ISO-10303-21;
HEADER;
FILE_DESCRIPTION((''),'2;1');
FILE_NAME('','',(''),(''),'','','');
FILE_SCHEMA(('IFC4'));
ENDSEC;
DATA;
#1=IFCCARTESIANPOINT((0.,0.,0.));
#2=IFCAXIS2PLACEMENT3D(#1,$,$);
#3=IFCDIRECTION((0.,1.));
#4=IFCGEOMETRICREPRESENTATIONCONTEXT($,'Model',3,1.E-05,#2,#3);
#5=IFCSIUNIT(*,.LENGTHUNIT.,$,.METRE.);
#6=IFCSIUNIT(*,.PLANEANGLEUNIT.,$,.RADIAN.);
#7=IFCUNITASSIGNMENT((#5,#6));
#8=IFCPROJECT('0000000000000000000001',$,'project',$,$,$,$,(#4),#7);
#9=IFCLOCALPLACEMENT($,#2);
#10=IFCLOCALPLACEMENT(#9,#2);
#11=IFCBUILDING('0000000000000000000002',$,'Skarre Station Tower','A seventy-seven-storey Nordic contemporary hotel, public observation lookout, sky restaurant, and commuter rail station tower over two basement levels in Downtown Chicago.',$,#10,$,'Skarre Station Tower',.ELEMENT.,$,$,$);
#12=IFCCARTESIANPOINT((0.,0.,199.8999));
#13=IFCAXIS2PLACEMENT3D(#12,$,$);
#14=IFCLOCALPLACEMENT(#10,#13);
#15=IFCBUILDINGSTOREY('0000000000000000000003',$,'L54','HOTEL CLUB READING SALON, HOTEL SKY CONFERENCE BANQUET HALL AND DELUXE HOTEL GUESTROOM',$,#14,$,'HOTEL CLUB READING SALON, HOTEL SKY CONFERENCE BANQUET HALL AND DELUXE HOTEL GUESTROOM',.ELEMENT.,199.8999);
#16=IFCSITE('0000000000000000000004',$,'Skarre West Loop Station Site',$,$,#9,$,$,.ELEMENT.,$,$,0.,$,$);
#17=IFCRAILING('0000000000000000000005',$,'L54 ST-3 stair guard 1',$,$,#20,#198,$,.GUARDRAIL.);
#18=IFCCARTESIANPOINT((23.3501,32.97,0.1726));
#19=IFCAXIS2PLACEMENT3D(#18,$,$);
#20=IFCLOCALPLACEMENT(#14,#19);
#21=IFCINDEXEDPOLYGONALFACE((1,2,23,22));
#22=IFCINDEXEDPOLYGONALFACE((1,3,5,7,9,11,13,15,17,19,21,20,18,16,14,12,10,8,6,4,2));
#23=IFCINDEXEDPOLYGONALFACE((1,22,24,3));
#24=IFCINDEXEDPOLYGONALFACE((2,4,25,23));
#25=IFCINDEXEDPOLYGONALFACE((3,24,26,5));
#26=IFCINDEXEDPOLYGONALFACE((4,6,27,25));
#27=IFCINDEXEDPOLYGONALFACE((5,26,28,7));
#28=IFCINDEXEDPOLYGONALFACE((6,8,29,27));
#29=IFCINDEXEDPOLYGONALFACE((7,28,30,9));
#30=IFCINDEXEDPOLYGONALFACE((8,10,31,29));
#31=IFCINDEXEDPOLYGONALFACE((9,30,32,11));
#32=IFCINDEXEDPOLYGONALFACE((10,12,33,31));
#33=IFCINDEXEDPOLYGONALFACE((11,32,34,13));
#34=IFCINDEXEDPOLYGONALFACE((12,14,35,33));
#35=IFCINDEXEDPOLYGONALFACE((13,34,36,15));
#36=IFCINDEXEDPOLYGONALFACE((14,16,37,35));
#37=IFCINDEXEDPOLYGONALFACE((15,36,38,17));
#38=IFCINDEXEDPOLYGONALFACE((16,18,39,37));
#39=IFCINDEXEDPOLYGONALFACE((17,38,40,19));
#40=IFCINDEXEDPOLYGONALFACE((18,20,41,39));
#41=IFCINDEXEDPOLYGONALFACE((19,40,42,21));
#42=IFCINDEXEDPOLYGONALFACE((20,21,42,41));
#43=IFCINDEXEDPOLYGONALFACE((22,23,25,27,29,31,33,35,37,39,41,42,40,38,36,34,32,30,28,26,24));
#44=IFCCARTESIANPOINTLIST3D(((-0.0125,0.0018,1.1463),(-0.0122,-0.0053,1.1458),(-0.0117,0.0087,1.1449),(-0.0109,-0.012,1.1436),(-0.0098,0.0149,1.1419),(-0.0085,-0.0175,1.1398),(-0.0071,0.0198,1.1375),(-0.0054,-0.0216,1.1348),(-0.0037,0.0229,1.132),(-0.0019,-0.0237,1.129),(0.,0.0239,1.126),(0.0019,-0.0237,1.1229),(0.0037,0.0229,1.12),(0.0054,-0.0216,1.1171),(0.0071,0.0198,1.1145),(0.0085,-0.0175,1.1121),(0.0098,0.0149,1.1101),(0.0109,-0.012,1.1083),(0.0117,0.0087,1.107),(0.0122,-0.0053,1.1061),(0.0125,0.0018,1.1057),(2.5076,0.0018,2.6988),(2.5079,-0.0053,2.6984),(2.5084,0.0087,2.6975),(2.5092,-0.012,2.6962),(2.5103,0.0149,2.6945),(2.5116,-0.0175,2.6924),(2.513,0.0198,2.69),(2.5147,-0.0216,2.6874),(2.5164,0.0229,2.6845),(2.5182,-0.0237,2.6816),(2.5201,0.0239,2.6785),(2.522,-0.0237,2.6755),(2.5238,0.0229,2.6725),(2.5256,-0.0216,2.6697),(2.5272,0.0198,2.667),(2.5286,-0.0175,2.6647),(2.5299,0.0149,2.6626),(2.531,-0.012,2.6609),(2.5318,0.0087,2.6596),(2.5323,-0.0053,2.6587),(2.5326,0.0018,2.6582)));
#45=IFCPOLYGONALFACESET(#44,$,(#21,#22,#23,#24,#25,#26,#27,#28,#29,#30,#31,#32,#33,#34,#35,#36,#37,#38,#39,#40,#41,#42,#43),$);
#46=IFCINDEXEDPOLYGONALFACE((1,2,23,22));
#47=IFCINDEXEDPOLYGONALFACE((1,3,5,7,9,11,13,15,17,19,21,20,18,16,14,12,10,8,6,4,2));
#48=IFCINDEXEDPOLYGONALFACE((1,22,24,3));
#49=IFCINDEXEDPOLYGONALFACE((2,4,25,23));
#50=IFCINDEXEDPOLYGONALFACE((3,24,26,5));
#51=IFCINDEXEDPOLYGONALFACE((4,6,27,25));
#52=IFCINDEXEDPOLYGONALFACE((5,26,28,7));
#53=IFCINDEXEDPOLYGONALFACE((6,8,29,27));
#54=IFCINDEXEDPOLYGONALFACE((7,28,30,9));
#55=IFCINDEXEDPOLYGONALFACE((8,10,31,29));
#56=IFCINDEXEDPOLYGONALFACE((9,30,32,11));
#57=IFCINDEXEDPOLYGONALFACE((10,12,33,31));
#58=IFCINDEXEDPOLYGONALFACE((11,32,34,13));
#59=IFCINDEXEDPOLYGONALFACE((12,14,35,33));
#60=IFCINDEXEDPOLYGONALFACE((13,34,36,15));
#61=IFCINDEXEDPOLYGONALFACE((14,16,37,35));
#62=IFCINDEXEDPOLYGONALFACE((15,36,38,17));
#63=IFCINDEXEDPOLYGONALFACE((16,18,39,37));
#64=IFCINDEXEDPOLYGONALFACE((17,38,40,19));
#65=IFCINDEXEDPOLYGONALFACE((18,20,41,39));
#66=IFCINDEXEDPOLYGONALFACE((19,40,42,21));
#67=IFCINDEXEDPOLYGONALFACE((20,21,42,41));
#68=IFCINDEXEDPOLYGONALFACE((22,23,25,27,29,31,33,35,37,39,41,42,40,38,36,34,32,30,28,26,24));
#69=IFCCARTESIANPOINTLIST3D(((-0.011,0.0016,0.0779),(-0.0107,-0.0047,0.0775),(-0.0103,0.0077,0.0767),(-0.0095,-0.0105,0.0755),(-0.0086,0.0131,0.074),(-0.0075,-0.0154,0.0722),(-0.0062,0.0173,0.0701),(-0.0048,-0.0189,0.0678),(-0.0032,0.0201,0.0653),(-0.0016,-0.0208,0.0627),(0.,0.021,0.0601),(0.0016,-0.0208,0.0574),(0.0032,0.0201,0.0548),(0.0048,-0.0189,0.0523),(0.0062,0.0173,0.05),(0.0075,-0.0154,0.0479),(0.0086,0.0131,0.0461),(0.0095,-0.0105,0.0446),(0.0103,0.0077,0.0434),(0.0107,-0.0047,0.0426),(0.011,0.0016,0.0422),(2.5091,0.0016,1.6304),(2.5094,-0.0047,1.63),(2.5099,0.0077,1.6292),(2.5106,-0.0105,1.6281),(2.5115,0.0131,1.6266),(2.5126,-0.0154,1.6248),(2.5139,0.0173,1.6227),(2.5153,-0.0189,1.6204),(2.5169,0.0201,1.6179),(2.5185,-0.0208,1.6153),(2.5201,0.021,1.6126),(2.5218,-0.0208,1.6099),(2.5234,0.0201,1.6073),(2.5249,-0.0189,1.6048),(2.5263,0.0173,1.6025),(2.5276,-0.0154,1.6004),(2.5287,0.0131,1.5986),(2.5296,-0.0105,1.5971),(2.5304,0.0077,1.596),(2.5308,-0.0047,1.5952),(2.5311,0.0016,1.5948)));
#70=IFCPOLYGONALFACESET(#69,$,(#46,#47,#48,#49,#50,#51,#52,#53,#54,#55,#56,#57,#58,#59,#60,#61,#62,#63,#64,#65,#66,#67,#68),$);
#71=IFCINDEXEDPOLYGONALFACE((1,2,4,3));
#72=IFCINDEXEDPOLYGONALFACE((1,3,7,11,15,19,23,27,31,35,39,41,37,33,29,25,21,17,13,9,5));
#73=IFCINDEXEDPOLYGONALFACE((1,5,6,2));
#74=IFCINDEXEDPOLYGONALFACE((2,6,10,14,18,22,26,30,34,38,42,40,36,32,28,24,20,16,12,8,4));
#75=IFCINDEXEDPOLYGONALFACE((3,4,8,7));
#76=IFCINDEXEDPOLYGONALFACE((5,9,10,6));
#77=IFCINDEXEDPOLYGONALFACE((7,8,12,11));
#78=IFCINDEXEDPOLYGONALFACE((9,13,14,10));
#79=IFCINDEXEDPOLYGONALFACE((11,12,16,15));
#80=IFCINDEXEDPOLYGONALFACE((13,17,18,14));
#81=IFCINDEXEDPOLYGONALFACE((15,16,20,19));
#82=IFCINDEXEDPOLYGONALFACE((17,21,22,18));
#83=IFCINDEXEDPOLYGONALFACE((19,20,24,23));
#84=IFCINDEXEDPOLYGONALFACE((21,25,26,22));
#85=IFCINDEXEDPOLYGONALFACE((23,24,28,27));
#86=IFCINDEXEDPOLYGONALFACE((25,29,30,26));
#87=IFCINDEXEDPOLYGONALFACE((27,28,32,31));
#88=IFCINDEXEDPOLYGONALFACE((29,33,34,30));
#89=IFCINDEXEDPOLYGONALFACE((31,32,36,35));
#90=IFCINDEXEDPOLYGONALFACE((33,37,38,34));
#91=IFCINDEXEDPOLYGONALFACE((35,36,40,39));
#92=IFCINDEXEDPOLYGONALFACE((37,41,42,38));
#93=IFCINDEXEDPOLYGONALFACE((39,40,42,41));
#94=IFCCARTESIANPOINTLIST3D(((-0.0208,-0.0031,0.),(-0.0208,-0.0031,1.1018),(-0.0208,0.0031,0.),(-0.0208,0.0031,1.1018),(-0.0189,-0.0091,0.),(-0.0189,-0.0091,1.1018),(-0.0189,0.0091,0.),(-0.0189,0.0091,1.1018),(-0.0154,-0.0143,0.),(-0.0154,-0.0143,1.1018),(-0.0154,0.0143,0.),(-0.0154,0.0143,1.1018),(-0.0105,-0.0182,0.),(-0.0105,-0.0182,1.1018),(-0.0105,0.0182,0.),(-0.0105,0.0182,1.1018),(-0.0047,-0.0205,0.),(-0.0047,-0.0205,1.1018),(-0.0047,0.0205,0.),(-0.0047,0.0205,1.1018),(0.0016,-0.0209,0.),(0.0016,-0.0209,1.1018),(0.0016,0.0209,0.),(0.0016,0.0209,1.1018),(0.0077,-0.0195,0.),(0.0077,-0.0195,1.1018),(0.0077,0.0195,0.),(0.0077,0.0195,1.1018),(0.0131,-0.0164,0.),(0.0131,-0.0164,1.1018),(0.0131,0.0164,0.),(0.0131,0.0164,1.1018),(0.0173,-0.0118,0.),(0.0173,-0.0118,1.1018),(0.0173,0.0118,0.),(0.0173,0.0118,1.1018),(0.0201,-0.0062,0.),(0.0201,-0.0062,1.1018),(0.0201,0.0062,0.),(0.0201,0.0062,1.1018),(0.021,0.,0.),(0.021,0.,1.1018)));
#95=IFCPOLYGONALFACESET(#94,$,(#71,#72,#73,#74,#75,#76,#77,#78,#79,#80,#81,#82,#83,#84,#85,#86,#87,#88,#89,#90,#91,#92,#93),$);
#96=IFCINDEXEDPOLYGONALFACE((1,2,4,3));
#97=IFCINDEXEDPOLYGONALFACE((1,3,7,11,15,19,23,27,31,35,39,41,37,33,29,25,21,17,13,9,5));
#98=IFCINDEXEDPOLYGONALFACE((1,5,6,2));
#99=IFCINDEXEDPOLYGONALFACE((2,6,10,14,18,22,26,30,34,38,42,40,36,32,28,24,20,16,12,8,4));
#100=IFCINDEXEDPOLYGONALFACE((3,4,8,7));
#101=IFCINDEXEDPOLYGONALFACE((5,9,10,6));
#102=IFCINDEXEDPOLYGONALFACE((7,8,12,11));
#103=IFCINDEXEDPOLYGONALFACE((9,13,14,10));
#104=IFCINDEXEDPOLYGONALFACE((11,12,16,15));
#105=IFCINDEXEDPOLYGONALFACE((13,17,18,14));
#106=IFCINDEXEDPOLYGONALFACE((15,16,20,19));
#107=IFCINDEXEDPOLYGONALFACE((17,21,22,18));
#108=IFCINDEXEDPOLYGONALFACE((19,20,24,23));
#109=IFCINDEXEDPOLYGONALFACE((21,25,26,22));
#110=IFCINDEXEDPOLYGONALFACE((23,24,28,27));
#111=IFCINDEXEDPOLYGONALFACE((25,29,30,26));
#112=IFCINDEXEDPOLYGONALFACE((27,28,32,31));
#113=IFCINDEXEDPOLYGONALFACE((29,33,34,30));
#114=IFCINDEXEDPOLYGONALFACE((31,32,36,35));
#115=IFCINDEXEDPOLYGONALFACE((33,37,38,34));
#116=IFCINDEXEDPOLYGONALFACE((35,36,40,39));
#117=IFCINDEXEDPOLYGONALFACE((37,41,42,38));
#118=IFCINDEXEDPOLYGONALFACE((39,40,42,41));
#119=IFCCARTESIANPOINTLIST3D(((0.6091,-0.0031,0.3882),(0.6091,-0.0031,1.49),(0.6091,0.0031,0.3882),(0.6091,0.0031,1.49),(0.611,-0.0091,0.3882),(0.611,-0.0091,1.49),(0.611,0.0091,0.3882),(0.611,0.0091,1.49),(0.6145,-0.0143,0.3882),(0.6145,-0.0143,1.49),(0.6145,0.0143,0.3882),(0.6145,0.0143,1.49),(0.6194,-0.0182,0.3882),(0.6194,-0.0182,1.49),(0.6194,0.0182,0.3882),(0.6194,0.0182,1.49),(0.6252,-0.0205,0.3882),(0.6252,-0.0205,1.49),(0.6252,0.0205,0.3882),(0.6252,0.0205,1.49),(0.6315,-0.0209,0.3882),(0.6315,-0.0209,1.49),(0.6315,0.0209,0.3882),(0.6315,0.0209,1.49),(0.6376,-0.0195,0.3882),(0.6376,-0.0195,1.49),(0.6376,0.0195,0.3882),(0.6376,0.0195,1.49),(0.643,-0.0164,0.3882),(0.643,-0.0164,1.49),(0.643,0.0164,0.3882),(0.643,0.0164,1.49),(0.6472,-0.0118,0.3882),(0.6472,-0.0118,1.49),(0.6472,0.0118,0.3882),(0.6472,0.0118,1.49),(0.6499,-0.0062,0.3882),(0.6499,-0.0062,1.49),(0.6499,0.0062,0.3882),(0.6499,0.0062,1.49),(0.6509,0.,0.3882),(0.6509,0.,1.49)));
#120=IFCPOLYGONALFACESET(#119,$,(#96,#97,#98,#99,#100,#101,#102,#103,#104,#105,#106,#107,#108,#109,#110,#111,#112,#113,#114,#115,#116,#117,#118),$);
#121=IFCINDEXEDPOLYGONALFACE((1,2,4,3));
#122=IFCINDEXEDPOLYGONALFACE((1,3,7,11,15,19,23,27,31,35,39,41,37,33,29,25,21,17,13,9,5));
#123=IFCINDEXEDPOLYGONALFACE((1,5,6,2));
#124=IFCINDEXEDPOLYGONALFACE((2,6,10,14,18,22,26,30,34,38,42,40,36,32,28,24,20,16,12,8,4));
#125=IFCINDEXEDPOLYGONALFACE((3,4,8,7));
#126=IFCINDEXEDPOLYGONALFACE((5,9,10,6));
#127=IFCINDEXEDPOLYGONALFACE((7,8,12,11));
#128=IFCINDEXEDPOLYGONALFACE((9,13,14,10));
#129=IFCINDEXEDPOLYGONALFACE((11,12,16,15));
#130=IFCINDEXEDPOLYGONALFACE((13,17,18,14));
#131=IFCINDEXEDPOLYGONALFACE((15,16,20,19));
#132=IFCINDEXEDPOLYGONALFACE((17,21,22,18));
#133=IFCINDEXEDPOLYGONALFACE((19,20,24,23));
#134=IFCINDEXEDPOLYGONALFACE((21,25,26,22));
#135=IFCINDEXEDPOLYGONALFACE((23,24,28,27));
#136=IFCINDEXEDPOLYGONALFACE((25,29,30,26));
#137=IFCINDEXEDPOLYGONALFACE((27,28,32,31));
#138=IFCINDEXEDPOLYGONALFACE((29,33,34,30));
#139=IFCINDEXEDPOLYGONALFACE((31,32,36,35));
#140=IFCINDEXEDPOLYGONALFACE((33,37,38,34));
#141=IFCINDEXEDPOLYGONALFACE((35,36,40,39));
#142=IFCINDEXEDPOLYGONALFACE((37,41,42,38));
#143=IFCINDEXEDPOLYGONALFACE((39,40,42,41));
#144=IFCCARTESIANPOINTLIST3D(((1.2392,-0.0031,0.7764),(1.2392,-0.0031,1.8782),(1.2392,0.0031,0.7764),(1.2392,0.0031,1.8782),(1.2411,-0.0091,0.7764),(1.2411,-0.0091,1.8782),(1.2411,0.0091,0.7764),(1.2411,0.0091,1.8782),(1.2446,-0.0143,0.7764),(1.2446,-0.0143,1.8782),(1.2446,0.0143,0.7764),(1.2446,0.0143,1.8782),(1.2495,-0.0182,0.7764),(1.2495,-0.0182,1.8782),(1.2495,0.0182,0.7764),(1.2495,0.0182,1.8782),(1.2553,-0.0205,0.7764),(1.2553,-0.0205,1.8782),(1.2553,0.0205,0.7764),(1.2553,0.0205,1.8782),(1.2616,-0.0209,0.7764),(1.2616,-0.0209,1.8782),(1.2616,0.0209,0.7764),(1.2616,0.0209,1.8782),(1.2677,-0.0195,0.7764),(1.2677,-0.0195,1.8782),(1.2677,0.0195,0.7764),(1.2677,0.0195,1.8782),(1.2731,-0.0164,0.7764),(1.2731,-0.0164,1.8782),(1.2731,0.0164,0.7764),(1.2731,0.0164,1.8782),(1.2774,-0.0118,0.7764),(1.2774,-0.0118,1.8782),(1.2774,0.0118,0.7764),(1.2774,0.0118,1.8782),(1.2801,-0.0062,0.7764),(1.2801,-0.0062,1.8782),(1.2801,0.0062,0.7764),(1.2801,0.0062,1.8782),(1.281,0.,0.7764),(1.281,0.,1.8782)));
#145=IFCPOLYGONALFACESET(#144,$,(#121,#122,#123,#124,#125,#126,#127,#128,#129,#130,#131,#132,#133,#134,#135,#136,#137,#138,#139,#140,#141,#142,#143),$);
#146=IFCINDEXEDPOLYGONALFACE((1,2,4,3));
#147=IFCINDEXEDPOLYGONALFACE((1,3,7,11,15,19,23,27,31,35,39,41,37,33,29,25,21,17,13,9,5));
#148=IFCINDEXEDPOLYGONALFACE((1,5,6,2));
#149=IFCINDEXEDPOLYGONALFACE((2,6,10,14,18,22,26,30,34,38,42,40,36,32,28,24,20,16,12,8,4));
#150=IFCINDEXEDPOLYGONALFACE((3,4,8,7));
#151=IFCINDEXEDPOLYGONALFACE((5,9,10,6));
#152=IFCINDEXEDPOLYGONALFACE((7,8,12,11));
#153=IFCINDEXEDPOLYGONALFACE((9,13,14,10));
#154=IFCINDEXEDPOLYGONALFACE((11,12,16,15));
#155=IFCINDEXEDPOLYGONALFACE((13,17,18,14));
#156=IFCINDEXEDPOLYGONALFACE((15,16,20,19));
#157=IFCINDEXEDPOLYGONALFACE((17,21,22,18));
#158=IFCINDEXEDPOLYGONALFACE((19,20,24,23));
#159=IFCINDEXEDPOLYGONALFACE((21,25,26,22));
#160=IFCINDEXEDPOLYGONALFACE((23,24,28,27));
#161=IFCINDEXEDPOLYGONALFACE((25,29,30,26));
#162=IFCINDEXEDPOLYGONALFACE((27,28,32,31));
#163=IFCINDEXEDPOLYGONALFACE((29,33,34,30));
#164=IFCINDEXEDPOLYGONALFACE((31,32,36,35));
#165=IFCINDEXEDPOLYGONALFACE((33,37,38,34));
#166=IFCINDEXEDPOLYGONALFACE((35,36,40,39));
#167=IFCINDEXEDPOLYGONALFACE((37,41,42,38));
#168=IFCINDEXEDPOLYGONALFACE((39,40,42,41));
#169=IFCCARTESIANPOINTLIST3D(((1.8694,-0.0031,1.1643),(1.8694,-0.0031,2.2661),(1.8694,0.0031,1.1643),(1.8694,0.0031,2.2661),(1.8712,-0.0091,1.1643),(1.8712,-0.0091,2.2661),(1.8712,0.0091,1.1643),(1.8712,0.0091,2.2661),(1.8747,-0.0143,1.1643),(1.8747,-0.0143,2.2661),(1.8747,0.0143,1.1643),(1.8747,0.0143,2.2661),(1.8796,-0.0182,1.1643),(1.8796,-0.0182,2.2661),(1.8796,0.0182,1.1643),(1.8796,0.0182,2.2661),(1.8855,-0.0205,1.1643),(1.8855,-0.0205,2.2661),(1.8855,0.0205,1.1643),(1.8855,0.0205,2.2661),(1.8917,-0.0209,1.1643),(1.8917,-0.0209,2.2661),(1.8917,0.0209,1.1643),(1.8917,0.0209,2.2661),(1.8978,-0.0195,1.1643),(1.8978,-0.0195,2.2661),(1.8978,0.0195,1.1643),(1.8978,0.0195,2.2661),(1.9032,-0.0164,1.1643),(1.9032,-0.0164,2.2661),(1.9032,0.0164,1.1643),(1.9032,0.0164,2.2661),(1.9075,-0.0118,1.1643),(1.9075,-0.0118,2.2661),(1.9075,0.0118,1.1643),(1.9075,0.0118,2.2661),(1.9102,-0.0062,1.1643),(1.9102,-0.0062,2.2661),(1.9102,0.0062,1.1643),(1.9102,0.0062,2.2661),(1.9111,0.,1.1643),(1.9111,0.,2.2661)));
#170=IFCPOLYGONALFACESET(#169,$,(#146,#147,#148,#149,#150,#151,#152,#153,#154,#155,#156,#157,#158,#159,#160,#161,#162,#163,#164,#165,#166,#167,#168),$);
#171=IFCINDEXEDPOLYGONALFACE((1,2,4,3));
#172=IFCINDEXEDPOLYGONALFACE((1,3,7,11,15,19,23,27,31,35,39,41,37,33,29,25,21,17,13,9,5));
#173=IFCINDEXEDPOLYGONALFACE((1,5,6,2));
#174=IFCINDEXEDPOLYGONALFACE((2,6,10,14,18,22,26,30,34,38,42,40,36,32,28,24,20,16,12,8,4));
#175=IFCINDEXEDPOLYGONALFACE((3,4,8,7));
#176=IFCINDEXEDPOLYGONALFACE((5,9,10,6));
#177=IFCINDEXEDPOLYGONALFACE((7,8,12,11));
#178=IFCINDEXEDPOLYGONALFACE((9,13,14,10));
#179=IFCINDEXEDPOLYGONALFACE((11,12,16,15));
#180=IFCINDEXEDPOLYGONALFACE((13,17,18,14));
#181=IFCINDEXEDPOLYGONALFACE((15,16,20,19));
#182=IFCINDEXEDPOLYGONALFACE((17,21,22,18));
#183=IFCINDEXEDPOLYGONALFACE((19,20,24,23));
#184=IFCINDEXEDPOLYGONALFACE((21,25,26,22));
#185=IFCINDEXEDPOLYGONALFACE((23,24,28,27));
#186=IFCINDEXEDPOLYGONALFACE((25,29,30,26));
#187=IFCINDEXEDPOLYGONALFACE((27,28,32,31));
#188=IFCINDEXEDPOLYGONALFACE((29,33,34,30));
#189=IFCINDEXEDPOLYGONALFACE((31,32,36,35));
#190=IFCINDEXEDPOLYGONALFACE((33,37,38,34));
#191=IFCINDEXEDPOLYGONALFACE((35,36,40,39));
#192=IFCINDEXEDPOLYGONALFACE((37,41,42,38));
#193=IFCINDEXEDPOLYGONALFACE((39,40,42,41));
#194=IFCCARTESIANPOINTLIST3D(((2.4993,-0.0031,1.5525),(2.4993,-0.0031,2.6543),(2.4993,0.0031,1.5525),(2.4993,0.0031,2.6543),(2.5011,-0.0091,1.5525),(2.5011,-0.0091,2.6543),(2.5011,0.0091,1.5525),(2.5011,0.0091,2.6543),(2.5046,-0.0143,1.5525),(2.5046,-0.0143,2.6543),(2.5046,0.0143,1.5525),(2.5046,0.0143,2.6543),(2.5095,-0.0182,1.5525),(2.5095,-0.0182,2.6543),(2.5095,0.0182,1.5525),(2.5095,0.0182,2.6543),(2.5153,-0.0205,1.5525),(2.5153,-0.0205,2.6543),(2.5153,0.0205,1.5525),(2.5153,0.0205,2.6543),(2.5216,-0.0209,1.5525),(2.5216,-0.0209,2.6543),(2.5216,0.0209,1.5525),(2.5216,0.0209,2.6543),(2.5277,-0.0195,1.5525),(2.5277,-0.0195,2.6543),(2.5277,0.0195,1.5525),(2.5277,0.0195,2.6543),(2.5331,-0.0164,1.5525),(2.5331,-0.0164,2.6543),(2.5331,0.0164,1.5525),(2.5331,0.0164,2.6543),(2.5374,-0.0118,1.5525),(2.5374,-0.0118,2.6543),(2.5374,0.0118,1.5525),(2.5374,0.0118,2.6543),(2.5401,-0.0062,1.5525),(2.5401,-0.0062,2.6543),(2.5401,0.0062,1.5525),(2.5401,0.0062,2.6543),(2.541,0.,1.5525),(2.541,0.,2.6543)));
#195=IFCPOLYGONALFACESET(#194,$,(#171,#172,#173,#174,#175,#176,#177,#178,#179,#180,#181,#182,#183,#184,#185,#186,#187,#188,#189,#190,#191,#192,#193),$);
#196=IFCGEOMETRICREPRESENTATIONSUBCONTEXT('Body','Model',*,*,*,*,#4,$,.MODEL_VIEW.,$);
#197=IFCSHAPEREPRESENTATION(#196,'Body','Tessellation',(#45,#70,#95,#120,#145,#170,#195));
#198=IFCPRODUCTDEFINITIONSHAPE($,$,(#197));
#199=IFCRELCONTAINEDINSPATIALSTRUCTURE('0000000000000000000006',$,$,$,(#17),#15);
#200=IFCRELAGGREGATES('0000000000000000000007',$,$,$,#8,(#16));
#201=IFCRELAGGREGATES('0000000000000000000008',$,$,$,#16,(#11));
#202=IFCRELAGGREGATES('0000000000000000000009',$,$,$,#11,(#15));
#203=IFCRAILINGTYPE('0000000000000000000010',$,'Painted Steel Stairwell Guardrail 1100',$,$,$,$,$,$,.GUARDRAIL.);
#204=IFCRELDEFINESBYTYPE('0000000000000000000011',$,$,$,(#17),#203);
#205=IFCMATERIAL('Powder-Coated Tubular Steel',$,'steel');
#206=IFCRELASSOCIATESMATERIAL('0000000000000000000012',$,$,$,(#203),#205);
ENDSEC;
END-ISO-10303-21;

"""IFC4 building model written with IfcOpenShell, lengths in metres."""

from ifc_helpers import new_model, si_unit, direction, frame, origin, origin_2d, place, context, subcontext, project, spatial, circle, extrude, material, type_object, element, save


model = new_model("IFC4")

# Units and contexts
model_context = context("Model", 3, precision=1e-05, world=origin(), true_north=direction((0.0, 1.0)))
body_context = subcontext(model_context, "Body", "Model", "MODEL_VIEW")
ifc_project = project(units=[si_unit("LENGTHUNIT", "METRE"), si_unit("PLANEANGLEUNIT", "RADIAN")], contexts=[model_context])

# Site, building, storey
site_placement = place(None, origin())
site = spatial("IfcSite", under=ifc_project, at=site_placement, Name="Skarre West Loop Station Site", CompositionType="ELEMENT", RefElevation=0.0)
building_placement = place(site_placement, origin())
building = spatial("IfcBuilding", under=site, at=building_placement, Name="Skarre Station Tower", Description="A seventy-seven-storey Nordic contemporary hotel, public observation lookout, sky restaurant, and commuter rail station tower over two basement levels in Downtown Chicago.", LongName="Skarre Station Tower", CompositionType="ELEMENT")
storey_placement = place(building_placement, frame((0.0, 0.0, 199.8999)))
storey = spatial("IfcBuildingStorey", under=building, at=storey_placement, Name="L54", Description="HOTEL CLUB READING SALON, HOTEL SKY CONFERENCE BANQUET HALL AND DELUXE HOTEL GUESTROOM", LongName="HOTEL CLUB READING SALON, HOTEL SKY CONFERENCE BANQUET HALL AND DELUXE HOTEL GUESTROOM", CompositionType="ELEMENT", Elevation=199.8999)

# Railing
ifc_material_1 = material(Name="Powder-Coated Tubular Steel", Category="steel")
railing_type_1 = type_object("IfcRailingType", Name="Painted Steel Stairwell Guardrail 1100", PredefinedType="GUARDRAIL", material=ifc_material_1)
railing_1_placement = place(storey_placement, frame((23.3501, 32.97, 0.1726)))
element("IfcRailing", 1, at=railing_1_placement, inside=storey, type_object=railing_type_1, Name="L54 ST-3 stair guard 1", PredefinedType="GUARDRAIL", context=body_context, shape_type="SweptSolid", body=[
    extrude(circle(Radius=0.0239, at=origin_2d()), frame((0.0, 0.0, 1.126), z_axis=(0.8514, 0.0, 0.524516), x_axis=(0.0, 1.0, 0.0)), (0.0, 0.0, 1.0), 2.96),
    extrude(circle(Radius=0.021, at=origin_2d()), frame((0.0, 0.0, 0.0601), z_axis=(0.8514, 0.0, 0.524516), x_axis=(0.0, 1.0, 0.0)), (0.0, 0.0, 1.0), 2.96),
    extrude(circle(Radius=0.021, at=origin_2d()), origin(), (0.0, 0.0, 1.0), 1.1018),
    extrude(circle(Radius=0.021, at=origin_2d()), frame((0.6299, 0.0, 0.3882)), (0.0, 0.0, 1.0), 1.1018),
    extrude(circle(Radius=0.021, at=origin_2d()), frame((1.26, 0.0, 0.7764)), (0.0, 0.0, 1.0), 1.1018),
    extrude(circle(Radius=0.021, at=origin_2d()), frame((1.8901, 0.0, 1.1643)), (0.0, 0.0, 1.0), 1.1018),
    extrude(circle(Radius=0.021, at=origin_2d()), frame((2.52, 0.0, 1.5525)), (0.0, 0.0, 1.0), 1.1018),
])

save(model, "model.ifc")
